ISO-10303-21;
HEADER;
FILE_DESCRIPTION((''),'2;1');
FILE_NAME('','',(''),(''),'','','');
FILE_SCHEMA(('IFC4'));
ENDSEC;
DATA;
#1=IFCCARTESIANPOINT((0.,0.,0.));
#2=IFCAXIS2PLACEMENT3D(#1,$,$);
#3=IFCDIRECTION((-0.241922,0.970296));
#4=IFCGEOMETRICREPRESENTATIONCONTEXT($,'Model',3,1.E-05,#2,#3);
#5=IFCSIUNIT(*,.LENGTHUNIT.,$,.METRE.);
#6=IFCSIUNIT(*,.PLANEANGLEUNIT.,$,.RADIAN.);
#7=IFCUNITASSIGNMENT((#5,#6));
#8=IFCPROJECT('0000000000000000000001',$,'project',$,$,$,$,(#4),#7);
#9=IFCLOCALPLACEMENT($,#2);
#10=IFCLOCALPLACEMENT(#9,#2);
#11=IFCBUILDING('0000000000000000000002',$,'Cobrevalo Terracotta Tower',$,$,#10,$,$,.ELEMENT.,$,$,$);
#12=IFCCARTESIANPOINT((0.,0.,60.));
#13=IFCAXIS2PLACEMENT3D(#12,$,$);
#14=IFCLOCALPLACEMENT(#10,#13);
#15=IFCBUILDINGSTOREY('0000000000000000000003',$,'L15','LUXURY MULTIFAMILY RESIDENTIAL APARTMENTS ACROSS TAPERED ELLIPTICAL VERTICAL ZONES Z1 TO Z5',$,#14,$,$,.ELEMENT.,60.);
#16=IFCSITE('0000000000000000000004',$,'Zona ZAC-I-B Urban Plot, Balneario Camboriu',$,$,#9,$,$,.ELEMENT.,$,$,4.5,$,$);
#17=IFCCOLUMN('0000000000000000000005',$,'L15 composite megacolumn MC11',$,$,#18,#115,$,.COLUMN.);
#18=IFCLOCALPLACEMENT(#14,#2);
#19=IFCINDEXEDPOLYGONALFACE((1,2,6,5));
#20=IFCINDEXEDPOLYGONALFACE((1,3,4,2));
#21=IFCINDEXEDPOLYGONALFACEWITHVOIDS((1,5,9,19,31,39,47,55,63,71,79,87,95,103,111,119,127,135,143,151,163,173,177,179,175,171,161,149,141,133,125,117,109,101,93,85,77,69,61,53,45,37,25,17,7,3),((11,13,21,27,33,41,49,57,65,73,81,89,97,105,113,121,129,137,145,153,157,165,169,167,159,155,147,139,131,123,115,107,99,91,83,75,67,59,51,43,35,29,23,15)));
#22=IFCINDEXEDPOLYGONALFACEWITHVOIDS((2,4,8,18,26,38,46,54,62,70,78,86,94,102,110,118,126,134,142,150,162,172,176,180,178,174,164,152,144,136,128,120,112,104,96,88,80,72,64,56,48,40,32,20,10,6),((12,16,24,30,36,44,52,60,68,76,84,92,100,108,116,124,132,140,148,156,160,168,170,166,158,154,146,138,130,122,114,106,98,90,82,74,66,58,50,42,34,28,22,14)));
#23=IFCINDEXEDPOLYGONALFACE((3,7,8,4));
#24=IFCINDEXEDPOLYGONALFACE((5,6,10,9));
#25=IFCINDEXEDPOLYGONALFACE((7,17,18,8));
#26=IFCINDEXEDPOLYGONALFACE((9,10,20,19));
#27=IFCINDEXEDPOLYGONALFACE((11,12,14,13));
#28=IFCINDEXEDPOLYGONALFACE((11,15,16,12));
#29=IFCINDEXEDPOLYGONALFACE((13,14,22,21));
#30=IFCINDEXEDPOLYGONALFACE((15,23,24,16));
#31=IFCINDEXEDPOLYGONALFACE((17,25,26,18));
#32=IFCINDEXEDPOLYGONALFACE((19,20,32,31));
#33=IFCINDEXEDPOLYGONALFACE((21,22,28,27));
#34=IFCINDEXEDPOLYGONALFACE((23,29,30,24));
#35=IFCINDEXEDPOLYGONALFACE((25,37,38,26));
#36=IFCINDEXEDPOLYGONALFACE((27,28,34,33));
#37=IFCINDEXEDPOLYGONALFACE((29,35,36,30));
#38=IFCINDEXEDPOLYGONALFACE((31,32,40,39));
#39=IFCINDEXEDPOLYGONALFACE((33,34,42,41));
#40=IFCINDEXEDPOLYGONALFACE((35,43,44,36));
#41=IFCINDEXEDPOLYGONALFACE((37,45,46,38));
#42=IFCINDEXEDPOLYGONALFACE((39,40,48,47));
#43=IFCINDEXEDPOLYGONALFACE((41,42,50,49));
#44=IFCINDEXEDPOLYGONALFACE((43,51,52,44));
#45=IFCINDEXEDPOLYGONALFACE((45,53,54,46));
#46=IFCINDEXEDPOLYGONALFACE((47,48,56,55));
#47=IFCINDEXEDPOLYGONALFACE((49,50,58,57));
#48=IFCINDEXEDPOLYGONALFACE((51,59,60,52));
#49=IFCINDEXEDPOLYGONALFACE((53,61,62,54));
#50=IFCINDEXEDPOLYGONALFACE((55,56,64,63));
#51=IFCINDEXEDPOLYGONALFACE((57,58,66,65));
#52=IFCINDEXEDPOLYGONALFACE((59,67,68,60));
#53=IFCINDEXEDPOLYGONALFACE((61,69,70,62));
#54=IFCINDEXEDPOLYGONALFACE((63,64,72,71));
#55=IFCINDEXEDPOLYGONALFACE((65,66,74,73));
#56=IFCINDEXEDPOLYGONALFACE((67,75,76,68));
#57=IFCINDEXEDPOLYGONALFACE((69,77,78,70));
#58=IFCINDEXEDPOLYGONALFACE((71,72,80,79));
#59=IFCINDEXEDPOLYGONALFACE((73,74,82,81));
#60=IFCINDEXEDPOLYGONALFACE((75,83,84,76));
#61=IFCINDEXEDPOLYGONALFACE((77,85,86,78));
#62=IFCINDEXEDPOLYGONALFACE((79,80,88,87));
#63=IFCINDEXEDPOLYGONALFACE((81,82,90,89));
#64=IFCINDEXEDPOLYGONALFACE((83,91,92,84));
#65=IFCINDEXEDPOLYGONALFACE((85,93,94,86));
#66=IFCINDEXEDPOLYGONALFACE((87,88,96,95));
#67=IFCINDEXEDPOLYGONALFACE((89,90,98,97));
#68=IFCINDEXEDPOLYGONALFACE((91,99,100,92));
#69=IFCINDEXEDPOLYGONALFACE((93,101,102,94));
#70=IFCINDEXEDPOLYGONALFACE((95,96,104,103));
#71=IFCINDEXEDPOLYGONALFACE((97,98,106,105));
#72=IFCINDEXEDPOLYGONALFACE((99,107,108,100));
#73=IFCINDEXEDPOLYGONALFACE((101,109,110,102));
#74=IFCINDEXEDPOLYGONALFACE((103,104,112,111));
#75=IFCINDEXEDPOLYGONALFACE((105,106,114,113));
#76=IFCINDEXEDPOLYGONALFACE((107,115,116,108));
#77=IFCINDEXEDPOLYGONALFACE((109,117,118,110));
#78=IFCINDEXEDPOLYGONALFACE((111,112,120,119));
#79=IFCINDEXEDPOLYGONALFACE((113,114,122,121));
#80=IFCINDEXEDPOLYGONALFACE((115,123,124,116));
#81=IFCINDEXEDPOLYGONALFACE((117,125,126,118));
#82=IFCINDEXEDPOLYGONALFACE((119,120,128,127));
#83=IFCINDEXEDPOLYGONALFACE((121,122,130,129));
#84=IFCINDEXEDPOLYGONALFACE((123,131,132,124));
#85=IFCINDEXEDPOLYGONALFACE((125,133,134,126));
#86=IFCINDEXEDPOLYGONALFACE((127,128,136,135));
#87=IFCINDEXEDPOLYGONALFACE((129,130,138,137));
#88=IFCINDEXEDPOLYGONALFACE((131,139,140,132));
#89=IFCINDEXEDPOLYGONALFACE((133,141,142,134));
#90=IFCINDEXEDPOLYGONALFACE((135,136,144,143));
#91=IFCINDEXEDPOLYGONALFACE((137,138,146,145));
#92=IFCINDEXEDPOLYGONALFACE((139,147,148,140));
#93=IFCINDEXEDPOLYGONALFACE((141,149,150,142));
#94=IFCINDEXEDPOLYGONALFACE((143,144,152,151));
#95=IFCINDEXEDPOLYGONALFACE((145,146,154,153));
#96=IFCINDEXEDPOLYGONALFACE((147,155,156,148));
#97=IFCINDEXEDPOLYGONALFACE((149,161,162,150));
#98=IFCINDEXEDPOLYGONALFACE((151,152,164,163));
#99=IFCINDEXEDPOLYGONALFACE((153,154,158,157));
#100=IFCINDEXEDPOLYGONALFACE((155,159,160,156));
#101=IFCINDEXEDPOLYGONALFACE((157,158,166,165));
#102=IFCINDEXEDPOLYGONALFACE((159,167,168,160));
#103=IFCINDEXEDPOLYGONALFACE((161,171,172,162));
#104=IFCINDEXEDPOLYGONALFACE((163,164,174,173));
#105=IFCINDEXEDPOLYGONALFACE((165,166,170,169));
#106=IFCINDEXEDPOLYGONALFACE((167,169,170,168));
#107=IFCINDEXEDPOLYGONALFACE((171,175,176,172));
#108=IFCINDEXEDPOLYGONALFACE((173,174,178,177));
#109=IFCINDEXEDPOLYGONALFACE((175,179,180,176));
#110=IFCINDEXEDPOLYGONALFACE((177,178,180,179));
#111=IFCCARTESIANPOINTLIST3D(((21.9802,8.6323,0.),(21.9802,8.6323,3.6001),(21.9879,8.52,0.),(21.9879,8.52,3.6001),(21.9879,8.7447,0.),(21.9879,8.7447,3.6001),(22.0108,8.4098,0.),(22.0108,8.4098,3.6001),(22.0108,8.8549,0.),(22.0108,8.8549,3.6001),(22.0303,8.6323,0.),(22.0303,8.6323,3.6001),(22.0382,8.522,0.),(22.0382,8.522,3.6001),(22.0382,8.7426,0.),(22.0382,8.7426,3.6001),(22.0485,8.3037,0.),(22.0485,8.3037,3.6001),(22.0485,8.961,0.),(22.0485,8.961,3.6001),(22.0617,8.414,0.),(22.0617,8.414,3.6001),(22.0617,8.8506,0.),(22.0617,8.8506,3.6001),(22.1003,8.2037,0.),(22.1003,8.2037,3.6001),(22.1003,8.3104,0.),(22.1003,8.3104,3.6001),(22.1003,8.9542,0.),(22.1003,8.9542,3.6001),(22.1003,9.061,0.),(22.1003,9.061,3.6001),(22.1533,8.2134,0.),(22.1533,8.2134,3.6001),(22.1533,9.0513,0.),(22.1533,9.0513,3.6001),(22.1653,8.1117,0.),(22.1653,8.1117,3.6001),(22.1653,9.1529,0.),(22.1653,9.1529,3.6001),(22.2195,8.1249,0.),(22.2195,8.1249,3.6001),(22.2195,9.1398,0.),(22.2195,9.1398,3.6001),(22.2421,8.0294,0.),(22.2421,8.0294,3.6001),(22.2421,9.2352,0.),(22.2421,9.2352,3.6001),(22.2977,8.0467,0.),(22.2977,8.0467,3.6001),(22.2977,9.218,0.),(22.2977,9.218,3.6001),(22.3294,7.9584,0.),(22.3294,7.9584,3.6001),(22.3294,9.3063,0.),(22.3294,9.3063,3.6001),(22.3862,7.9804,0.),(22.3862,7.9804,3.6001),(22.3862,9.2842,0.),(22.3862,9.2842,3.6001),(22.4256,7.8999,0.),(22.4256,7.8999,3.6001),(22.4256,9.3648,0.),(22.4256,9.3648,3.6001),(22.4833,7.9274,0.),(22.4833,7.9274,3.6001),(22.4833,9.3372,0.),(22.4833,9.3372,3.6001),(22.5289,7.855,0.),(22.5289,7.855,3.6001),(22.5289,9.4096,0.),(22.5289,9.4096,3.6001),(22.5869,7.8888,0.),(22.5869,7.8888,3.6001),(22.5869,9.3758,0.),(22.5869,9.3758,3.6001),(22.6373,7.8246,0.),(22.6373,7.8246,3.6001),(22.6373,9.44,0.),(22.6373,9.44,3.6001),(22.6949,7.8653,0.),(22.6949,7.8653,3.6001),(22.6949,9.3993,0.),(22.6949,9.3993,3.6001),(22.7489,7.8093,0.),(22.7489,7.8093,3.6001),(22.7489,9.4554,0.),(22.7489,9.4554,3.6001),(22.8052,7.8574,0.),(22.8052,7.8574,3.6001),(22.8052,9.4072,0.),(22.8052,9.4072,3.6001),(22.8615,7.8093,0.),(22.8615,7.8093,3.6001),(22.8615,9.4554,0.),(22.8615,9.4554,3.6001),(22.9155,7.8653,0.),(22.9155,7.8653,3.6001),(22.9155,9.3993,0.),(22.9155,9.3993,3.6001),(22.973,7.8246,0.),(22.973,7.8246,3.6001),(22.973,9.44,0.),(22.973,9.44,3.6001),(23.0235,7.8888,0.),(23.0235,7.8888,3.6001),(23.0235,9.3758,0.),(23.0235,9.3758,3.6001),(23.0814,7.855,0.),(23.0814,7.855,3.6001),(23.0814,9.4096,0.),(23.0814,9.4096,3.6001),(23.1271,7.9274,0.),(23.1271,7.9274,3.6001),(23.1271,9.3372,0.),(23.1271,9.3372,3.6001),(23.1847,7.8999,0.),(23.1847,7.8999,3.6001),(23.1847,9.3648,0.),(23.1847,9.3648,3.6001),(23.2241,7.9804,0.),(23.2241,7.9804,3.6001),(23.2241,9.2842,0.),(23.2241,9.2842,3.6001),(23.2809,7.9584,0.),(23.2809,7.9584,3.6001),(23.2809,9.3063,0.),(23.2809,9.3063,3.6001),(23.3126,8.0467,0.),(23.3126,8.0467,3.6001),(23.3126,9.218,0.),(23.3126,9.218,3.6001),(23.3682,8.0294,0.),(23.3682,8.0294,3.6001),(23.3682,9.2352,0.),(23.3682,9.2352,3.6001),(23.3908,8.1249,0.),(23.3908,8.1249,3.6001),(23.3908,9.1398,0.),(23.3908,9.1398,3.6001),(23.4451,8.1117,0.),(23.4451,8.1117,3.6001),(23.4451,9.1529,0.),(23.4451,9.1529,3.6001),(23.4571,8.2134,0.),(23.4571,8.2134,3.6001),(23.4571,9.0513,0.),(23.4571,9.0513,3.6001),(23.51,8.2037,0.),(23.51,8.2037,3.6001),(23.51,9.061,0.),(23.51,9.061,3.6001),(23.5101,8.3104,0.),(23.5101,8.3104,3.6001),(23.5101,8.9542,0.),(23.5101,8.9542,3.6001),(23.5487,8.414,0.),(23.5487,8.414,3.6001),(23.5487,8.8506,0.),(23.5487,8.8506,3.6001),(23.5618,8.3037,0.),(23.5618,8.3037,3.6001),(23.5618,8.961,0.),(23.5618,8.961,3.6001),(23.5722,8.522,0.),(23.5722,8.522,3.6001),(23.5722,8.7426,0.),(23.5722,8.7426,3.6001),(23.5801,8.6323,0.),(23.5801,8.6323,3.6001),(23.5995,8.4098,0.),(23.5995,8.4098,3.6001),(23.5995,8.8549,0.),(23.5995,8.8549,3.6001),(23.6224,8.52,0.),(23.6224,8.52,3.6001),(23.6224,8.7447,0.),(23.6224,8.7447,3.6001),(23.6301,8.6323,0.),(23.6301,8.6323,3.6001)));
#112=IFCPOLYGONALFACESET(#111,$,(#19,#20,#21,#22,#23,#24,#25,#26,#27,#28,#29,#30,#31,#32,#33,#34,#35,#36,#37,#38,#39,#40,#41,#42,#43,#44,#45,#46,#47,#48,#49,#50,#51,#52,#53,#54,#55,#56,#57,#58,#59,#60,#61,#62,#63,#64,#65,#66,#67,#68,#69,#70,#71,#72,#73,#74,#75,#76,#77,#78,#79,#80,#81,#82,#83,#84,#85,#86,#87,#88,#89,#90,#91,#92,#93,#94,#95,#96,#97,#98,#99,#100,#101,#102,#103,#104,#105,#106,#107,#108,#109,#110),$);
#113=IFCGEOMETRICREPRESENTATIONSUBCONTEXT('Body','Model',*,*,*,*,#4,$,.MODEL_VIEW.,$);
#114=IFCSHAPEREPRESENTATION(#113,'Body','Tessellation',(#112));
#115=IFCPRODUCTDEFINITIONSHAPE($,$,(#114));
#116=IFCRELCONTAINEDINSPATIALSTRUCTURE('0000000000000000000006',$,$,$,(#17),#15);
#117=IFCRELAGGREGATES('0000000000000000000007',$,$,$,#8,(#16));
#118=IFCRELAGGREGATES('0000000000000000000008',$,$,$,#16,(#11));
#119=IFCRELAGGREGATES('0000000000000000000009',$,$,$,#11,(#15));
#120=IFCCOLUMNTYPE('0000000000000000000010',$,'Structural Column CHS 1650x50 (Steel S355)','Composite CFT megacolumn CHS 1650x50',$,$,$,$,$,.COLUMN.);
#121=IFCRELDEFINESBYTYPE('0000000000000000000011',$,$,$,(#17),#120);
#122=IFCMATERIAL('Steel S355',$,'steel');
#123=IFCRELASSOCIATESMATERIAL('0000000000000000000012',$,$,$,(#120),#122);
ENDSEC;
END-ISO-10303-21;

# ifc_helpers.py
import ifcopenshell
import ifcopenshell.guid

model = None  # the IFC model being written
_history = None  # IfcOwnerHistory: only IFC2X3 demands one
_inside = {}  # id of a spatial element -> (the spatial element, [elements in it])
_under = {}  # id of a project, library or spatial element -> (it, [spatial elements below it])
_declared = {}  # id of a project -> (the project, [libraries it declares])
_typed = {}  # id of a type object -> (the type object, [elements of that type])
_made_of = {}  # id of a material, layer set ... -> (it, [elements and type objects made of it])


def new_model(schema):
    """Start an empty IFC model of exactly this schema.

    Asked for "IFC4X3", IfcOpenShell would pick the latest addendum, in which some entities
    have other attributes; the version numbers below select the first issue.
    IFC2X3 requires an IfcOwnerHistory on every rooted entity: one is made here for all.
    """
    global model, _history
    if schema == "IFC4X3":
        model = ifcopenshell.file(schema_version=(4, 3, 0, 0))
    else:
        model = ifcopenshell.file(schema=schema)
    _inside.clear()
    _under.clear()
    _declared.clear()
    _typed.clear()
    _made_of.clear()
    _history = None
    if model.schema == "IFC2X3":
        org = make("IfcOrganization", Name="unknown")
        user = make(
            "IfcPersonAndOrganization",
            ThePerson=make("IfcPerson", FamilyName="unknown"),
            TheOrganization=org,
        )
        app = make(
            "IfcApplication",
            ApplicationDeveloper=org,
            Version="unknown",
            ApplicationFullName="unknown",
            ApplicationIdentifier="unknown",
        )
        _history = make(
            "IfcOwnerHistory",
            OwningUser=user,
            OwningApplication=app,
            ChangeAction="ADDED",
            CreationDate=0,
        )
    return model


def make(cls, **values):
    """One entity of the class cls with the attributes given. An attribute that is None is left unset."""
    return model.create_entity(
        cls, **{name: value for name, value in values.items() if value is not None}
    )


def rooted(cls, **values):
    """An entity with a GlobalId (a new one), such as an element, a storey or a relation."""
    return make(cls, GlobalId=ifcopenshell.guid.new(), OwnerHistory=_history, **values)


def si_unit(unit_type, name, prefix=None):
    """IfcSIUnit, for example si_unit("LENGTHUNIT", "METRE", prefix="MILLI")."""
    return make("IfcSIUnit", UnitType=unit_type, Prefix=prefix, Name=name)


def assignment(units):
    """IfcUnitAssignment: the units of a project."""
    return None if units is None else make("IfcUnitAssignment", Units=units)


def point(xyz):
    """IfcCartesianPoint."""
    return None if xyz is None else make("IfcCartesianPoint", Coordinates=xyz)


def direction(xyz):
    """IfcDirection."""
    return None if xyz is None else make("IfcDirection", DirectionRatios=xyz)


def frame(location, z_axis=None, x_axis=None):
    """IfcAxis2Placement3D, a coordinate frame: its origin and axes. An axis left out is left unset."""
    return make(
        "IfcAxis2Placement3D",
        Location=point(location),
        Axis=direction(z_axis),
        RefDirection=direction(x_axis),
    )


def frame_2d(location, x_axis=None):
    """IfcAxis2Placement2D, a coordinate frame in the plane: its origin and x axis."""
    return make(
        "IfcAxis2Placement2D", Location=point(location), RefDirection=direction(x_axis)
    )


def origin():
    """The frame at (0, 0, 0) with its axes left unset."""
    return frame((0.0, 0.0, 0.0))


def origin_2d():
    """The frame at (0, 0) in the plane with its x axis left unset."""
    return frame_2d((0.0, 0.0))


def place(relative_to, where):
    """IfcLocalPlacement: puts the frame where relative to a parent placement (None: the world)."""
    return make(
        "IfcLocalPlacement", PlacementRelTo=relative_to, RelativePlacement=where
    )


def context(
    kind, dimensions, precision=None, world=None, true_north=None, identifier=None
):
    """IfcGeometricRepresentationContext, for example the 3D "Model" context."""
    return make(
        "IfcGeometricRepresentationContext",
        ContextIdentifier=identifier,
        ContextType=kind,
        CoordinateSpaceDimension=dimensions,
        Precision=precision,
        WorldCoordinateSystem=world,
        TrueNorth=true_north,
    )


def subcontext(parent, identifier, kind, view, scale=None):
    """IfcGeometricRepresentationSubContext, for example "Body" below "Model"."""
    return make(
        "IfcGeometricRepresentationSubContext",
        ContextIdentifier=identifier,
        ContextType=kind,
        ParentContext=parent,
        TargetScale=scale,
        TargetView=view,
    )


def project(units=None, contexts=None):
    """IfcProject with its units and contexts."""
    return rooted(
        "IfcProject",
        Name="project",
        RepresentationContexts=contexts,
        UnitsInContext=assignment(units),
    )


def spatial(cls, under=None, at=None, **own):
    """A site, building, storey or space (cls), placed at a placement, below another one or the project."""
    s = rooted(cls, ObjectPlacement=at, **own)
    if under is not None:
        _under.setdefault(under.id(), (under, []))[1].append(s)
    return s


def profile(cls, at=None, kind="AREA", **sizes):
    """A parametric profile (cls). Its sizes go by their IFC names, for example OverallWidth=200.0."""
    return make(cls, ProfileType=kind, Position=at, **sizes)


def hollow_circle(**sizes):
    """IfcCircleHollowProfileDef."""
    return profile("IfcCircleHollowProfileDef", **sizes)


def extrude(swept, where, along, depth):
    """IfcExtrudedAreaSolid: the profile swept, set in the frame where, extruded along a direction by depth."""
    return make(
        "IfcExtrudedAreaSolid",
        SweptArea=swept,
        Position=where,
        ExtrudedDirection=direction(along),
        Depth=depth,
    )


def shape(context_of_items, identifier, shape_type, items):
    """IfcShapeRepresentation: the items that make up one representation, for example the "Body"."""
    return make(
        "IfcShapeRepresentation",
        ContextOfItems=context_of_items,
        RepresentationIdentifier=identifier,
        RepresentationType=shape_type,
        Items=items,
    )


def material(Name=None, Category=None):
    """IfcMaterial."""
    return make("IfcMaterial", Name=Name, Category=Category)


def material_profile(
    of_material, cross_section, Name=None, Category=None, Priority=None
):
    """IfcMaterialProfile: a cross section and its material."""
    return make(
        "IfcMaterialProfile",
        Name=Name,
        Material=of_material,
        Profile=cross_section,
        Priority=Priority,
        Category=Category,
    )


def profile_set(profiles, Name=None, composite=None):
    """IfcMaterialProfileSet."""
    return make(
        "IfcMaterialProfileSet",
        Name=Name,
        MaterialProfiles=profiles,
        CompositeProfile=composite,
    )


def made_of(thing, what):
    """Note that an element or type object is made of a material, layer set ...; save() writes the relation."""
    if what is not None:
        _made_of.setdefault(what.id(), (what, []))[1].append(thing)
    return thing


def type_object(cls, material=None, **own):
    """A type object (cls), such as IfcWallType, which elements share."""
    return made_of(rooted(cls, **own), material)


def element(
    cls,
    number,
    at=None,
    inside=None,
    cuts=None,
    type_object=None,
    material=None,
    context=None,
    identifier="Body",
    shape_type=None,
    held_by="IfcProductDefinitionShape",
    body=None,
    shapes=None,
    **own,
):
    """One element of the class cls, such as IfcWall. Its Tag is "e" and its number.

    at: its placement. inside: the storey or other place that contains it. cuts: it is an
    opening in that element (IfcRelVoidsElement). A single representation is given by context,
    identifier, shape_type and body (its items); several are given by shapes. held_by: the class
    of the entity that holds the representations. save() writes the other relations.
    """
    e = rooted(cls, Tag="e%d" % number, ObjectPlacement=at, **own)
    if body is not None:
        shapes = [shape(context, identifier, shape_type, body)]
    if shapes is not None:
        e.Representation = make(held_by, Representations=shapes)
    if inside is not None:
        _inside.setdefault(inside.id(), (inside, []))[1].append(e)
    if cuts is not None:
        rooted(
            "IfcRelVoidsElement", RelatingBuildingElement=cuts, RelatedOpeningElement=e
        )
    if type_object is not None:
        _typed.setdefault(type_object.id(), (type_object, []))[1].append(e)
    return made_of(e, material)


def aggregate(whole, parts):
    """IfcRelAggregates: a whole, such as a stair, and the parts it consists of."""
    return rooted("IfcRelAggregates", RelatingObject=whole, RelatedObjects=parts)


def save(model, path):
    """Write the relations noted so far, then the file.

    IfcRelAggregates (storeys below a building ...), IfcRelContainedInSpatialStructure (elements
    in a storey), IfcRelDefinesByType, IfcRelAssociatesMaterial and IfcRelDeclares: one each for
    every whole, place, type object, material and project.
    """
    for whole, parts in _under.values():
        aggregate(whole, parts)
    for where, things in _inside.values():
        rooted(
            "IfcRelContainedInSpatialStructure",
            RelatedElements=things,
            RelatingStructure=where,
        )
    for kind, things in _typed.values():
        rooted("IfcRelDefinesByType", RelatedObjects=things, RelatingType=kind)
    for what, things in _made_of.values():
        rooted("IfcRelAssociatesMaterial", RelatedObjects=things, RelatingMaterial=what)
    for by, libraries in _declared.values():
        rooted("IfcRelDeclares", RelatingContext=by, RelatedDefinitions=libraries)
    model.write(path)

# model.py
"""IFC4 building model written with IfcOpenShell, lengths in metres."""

from ifc_helpers import new_model, si_unit, direction, frame, origin, origin_2d, place, context, subcontext, project, spatial, hollow_circle, extrude, material, material_profile, profile_set, type_object, element, save


model = new_model("IFC4")

# Units and contexts
model_context = context("Model", 3, precision=1e-05, world=origin(), true_north=direction((-0.241922, 0.970296)))
body_context = subcontext(model_context, "Body", "Model", "MODEL_VIEW")
ifc_project = project(units=[si_unit("LENGTHUNIT", "METRE"), si_unit("PLANEANGLEUNIT", "RADIAN")], contexts=[model_context])

# Site, building, storey
site_placement = place(None, origin())
site = spatial("IfcSite", under=ifc_project, at=site_placement, Name="Zona ZAC-I-B Urban Plot, Balneario Camboriu", CompositionType="ELEMENT", RefElevation=4.5)
building_placement = place(site_placement, origin())
building = spatial("IfcBuilding", under=site, at=building_placement, Name="Cobrevalo Terracotta Tower", CompositionType="ELEMENT")
storey_placement = place(building_placement, frame((0.0, 0.0, 60.0)))
storey = spatial("IfcBuildingStorey", under=building, at=storey_placement, Name="L15", Description="LUXURY MULTIFAMILY RESIDENTIAL APARTMENTS ACROSS TAPERED ELLIPTICAL VERTICAL ZONES Z1 TO Z5", CompositionType="ELEMENT", Elevation=60.0)

# Column
ifc_material_1 = material(Name="Steel S355", Category="steel")
ifc_material_profile_1 = material_profile(ifc_material_1, hollow_circle(Radius=0.825, WallThickness=0.05, at=origin_2d()), Name="CHS 1650x50")
ifc_profile_set_1 = profile_set([ifc_material_profile_1], Name="Steel S355")
column_type = type_object("IfcColumnType", Name="Structural Column CHS 1650x50 (Steel S355)", Description="Composite CFT megacolumn CHS 1650x50", PredefinedType="COLUMN", material=ifc_profile_set_1)
for number, where, z_axis, x_axis, name in (
    (1, (22.8052, 8.6323, 0.0), (0.0, 0.0, 1.0), (1.0, 0.0, 0.0), "L15 composite megacolumn MC11"),
):
    element("IfcColumn", number, at=place(storey_placement, frame(where, z_axis=z_axis, x_axis=x_axis)), inside=storey, type_object=column_type, Name=name, PredefinedType="COLUMN", context=body_context, shape_type="SweptSolid", body=[
        extrude(hollow_circle(Radius=0.825, WallThickness=0.05, at=origin_2d()), origin(), (0.0, 0.0, 1.0), 3.6001),
    ])

save(model, "model.ifc")
